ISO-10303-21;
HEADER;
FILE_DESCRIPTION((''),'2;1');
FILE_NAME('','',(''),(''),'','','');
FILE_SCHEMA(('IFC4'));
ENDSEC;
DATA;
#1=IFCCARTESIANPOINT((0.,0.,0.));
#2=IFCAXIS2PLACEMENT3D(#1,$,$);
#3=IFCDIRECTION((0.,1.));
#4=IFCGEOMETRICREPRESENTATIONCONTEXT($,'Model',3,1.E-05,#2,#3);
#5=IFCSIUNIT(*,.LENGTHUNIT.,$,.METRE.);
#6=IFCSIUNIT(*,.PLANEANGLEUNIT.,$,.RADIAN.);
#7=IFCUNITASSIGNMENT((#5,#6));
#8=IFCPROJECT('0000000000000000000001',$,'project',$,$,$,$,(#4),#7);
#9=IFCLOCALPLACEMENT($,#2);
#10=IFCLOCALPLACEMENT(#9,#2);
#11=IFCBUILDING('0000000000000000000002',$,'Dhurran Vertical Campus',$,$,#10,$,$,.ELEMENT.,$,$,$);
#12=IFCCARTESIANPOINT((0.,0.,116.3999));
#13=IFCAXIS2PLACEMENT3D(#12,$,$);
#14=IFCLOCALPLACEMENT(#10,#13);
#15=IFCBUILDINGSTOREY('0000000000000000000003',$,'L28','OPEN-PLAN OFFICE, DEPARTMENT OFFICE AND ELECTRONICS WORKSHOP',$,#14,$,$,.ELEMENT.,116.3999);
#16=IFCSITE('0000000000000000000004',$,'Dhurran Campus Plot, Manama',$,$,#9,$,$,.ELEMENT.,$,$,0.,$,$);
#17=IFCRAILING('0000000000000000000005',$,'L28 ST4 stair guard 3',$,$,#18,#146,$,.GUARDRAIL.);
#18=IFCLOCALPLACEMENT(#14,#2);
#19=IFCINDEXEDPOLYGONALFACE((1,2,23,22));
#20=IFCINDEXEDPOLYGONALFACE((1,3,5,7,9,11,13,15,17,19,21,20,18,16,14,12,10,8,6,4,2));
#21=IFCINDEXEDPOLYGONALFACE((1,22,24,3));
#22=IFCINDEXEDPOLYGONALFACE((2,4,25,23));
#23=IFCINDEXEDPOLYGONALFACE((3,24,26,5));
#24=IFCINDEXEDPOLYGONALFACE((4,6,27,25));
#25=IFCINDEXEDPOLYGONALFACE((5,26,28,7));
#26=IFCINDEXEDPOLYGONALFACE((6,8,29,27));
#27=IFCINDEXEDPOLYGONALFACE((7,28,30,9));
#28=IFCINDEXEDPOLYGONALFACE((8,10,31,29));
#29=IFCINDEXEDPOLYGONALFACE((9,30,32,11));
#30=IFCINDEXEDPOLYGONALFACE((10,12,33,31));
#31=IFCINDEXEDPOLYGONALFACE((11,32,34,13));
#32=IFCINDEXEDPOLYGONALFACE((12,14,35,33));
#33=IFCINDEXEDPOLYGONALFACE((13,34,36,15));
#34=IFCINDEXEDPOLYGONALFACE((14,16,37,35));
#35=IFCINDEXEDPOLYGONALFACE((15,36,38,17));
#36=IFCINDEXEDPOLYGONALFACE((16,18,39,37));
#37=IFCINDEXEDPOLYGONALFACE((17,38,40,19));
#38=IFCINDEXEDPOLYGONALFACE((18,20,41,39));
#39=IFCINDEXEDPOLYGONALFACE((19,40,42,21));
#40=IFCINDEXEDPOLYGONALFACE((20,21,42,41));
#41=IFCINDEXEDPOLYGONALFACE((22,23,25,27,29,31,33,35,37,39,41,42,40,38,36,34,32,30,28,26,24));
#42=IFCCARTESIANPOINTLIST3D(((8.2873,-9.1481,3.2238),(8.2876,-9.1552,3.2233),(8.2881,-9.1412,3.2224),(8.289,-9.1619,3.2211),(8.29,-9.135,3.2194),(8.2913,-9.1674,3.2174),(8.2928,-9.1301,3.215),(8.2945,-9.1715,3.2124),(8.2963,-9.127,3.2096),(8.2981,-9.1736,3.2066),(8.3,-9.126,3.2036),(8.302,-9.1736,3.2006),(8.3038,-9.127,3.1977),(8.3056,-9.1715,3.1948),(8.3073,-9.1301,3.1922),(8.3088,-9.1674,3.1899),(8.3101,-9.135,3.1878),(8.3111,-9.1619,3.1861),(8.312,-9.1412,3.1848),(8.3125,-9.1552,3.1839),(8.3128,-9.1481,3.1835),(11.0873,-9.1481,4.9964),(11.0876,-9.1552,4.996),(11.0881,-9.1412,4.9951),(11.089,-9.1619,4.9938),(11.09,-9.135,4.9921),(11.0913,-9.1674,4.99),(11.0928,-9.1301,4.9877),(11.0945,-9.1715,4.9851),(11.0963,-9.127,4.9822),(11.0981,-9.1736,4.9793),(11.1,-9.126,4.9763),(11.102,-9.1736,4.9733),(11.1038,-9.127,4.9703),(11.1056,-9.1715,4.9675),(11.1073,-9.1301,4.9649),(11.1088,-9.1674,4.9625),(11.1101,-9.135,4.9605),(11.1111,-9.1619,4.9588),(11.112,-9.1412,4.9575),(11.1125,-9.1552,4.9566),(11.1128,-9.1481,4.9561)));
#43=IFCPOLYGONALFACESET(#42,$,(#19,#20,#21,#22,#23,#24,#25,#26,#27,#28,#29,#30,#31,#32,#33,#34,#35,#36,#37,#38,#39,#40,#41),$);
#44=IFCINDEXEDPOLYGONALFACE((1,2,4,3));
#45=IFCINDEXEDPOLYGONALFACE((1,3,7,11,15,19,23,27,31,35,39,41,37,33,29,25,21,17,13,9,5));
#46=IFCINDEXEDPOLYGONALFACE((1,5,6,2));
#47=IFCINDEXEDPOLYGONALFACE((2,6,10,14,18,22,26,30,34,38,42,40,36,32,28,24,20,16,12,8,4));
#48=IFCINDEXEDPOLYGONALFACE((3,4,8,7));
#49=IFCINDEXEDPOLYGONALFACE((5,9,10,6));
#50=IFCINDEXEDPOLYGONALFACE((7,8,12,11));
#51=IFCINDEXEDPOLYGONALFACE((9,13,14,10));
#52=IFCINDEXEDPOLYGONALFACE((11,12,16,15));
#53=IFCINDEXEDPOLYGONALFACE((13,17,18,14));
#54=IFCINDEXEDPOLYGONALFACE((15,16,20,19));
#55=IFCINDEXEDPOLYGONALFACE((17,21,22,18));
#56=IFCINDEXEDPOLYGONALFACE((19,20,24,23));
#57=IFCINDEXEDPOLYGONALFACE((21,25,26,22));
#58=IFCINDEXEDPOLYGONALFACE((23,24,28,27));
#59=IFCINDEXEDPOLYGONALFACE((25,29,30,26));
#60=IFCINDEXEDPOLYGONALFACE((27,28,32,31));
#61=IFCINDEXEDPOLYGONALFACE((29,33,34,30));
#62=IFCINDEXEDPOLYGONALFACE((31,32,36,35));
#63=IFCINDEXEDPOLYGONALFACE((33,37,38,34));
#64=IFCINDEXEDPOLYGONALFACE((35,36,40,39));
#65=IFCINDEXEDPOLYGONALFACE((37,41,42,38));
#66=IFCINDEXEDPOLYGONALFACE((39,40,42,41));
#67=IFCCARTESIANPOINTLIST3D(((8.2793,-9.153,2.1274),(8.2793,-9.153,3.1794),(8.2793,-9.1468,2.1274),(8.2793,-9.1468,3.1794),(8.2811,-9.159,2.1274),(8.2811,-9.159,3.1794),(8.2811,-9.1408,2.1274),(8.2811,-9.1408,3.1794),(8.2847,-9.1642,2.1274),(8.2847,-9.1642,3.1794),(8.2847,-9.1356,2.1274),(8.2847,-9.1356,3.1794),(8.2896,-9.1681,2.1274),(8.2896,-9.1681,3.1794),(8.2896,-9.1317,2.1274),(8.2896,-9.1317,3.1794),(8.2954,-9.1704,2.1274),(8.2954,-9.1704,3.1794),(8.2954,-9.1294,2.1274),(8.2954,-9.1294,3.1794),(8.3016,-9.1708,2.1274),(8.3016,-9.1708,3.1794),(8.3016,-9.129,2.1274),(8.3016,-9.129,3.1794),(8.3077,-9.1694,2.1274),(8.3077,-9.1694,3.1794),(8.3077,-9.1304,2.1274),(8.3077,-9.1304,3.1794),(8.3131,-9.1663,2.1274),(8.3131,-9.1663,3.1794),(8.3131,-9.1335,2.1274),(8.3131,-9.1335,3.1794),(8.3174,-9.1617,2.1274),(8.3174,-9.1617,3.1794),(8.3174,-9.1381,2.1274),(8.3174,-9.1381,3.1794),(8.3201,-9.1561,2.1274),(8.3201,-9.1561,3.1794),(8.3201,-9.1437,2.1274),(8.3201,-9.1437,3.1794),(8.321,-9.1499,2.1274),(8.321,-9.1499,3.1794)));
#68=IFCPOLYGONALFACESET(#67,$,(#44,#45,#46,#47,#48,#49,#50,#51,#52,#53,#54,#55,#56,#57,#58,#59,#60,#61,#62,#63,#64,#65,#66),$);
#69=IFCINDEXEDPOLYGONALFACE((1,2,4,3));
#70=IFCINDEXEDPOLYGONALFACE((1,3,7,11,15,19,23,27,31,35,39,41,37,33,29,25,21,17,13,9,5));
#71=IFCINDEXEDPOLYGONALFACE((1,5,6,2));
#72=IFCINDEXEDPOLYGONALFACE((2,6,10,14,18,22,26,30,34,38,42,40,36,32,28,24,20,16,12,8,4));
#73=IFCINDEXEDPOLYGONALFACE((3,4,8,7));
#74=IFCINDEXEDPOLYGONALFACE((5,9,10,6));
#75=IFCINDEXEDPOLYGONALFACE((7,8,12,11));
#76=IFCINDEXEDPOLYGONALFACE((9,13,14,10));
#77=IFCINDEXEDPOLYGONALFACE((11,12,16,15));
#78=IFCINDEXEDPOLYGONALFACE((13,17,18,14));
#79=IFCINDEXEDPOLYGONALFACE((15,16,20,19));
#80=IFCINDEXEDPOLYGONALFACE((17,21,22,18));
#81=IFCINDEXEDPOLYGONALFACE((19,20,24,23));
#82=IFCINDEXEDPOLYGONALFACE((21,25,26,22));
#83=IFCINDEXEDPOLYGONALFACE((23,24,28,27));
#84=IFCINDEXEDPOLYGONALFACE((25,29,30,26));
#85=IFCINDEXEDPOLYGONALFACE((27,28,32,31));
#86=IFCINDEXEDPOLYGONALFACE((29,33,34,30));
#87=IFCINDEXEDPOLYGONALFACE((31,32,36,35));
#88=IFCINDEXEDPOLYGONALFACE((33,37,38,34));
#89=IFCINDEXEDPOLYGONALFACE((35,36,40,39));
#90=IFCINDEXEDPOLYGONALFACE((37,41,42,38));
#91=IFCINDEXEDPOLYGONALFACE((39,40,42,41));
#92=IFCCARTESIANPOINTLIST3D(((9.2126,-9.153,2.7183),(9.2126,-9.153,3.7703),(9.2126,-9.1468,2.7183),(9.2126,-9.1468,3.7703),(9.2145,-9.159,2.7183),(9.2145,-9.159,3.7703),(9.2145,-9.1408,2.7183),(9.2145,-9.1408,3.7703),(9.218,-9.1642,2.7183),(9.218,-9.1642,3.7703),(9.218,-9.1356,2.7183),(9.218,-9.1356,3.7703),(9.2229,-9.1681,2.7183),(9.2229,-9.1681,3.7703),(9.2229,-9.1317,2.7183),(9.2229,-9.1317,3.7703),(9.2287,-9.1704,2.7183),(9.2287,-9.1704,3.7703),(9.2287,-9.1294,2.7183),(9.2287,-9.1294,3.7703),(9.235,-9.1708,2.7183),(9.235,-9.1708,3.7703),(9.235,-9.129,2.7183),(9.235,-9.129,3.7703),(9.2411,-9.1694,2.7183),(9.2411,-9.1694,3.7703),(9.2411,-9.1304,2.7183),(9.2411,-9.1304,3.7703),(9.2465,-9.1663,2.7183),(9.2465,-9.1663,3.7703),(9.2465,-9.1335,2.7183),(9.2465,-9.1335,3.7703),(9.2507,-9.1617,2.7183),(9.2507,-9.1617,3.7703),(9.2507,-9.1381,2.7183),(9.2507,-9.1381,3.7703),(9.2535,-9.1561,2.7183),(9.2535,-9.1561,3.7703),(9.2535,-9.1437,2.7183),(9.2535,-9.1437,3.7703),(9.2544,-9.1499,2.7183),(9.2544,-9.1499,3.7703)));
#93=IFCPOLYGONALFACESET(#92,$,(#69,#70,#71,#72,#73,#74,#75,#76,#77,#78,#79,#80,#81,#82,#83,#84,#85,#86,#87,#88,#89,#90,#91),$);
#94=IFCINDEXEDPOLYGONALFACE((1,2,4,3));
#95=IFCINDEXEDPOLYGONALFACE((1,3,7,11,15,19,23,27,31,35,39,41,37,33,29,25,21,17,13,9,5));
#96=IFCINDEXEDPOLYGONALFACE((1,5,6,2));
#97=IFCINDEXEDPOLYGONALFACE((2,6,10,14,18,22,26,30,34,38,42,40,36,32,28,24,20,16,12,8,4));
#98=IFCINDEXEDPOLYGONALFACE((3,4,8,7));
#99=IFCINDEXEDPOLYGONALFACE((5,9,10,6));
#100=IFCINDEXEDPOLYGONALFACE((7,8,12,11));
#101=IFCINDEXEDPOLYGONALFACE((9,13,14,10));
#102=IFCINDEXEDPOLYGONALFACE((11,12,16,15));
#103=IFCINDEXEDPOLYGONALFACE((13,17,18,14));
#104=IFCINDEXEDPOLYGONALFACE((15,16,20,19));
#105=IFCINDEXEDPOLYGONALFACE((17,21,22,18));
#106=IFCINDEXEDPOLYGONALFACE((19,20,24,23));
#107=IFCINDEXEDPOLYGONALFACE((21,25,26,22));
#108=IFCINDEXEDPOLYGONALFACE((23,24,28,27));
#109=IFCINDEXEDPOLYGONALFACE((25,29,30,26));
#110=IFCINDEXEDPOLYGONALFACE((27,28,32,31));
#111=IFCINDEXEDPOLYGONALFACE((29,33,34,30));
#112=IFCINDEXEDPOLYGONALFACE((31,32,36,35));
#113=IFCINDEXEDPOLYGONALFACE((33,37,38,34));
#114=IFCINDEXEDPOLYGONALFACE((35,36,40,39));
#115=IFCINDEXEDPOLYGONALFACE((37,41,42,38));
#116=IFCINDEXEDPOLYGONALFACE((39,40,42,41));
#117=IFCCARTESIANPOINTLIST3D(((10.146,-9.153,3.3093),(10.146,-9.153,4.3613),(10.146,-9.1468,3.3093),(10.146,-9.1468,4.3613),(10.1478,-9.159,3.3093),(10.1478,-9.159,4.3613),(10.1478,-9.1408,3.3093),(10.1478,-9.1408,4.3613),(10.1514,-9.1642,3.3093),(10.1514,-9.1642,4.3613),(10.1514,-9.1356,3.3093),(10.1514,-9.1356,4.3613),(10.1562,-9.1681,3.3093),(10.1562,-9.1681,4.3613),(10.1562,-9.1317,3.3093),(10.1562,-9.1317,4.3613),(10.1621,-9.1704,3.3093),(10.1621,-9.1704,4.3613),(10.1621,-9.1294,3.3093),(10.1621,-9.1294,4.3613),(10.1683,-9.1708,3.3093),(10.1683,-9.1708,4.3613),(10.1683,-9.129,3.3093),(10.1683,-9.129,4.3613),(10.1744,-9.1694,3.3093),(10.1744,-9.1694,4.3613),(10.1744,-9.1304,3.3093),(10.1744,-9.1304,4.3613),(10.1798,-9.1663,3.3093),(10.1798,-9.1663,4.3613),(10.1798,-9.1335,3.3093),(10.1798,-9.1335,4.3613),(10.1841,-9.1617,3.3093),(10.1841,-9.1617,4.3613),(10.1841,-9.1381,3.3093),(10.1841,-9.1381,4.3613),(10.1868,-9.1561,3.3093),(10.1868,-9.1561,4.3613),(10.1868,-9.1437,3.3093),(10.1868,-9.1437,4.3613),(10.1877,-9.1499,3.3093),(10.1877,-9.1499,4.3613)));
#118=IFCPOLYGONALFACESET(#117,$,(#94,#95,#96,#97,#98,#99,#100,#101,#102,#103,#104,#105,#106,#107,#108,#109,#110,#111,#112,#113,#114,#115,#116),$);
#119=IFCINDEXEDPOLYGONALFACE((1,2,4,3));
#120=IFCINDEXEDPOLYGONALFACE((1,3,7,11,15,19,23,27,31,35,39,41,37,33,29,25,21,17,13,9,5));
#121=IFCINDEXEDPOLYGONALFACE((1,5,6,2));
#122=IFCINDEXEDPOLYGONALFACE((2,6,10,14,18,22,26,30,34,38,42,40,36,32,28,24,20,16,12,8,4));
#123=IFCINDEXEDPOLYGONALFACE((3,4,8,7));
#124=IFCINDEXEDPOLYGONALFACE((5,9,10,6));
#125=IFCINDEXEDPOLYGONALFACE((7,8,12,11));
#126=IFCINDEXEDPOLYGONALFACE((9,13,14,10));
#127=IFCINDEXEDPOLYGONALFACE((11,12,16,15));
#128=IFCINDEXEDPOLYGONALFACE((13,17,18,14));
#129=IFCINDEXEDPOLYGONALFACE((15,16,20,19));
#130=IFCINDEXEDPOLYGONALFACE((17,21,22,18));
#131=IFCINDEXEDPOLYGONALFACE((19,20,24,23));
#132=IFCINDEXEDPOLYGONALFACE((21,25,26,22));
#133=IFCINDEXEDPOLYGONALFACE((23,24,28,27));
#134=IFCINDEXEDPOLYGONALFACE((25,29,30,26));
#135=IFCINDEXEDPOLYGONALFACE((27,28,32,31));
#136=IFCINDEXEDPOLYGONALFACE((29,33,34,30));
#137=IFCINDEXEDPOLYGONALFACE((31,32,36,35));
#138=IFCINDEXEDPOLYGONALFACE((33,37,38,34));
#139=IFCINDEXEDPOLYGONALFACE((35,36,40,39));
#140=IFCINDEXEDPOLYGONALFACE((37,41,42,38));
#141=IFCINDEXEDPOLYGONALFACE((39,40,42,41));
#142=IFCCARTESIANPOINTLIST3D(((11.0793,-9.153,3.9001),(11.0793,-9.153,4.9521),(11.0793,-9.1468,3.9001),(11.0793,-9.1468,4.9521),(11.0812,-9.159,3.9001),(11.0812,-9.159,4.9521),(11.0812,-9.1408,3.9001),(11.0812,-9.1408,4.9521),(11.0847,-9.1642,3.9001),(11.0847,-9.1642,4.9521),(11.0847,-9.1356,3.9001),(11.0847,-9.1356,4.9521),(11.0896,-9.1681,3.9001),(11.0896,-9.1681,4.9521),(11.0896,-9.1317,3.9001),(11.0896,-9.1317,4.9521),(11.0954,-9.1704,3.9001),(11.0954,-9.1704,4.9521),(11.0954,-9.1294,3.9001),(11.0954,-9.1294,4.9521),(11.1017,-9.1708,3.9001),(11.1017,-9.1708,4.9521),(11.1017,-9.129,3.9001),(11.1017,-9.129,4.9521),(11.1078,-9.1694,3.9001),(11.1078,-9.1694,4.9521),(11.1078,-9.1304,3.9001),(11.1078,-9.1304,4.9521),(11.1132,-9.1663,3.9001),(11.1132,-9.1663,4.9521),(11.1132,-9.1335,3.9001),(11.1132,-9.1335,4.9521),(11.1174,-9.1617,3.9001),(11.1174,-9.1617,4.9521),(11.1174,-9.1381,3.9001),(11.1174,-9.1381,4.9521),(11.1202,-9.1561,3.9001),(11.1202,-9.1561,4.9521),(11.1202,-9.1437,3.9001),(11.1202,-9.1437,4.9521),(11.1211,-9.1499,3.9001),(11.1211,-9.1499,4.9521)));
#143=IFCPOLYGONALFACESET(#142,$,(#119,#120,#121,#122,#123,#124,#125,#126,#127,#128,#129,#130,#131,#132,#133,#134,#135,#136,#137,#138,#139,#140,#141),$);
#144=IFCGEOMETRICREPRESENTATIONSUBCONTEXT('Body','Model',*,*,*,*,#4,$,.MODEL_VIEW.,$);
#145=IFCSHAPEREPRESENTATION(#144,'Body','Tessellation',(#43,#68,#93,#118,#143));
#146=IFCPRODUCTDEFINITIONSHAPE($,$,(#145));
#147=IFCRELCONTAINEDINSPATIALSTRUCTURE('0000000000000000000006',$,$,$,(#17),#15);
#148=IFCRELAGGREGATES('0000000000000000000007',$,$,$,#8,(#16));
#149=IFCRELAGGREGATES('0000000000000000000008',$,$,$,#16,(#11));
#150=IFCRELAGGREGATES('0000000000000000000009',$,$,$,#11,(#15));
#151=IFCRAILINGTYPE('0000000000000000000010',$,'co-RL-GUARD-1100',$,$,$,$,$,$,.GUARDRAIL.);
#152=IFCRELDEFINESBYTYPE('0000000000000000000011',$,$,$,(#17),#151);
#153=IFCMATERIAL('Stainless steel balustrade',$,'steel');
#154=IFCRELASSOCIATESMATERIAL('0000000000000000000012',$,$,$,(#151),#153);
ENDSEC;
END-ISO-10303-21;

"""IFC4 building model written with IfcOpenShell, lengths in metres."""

from ifc_helpers import new_model, si_unit, direction, frame, origin, origin_2d, place, context, subcontext, project, spatial, circle, extrude, material, type_object, element, save


model = new_model("IFC4")

# Units and contexts
model_context = context("Model", 3, precision=1e-05, world=origin(), true_north=direction((0.0, 1.0)))
body_context = subcontext(model_context, "Body", "Model", "MODEL_VIEW")
ifc_project = project(units=[si_unit("LENGTHUNIT", "METRE"), si_unit("PLANEANGLEUNIT", "RADIAN")], contexts=[model_context])

# Site, building, storey
site_placement = place(None, origin())
site = spatial("IfcSite", under=ifc_project, at=site_placement, Name="Dhurran Campus Plot, Manama", CompositionType="ELEMENT", RefElevation=0.0)
building_placement = place(site_placement, origin())
building = spatial("IfcBuilding", under=site, at=building_placement, Name="Dhurran Vertical Campus", CompositionType="ELEMENT")
storey_placement = place(building_placement, frame((0.0, 0.0, 116.3999)))
storey = spatial("IfcBuildingStorey", under=building, at=storey_placement, Name="L28", Description="OPEN-PLAN OFFICE, DEPARTMENT OFFICE AND ELECTRONICS WORKSHOP", CompositionType="ELEMENT", Elevation=116.3999)

# Railing
ifc_material_1 = material(Name="Stainless steel balustrade", Category="steel")
railing_type_1 = type_object("IfcRailingType", Name="co-RL-GUARD-1100", PredefinedType="GUARDRAIL", material=ifc_material_1)
railing_1_placement = place(storey_placement, frame((8.3, -9.1499, 2.1274)))
element("IfcRailing", 1, at=railing_1_placement, inside=storey, type_object=railing_type_1, Name="L28 ST4 stair guard 3", PredefinedType="GUARDRAIL", context=body_context, shape_type="SweptSolid", body=[
    extrude(circle(Radius=0.0239, at=origin_2d()), frame((0.0, 0.0, 1.0762), z_axis=(0.844909, 0.0, 0.53491), x_axis=(0.0, 1.0, 0.0)), (0.0, 0.0, 1.0), 3.314),
    extrude(circle(Radius=0.021, at=origin_2d()), origin(), (0.0, 0.0, 1.0), 1.052),
    extrude(circle(Radius=0.021, at=origin_2d()), frame((0.9333, 0.0, 0.5908)), (0.0, 0.0, 1.0), 1.052),
    extrude(circle(Radius=0.021, at=origin_2d()), frame((1.8667, 0.0, 1.1819)), (0.0, 0.0, 1.0), 1.052),
    extrude(circle(Radius=0.021, at=origin_2d()), frame((2.8, 0.0, 1.7727)), (0.0, 0.0, 1.0), 1.052),
])

save(model, "model.ifc")
